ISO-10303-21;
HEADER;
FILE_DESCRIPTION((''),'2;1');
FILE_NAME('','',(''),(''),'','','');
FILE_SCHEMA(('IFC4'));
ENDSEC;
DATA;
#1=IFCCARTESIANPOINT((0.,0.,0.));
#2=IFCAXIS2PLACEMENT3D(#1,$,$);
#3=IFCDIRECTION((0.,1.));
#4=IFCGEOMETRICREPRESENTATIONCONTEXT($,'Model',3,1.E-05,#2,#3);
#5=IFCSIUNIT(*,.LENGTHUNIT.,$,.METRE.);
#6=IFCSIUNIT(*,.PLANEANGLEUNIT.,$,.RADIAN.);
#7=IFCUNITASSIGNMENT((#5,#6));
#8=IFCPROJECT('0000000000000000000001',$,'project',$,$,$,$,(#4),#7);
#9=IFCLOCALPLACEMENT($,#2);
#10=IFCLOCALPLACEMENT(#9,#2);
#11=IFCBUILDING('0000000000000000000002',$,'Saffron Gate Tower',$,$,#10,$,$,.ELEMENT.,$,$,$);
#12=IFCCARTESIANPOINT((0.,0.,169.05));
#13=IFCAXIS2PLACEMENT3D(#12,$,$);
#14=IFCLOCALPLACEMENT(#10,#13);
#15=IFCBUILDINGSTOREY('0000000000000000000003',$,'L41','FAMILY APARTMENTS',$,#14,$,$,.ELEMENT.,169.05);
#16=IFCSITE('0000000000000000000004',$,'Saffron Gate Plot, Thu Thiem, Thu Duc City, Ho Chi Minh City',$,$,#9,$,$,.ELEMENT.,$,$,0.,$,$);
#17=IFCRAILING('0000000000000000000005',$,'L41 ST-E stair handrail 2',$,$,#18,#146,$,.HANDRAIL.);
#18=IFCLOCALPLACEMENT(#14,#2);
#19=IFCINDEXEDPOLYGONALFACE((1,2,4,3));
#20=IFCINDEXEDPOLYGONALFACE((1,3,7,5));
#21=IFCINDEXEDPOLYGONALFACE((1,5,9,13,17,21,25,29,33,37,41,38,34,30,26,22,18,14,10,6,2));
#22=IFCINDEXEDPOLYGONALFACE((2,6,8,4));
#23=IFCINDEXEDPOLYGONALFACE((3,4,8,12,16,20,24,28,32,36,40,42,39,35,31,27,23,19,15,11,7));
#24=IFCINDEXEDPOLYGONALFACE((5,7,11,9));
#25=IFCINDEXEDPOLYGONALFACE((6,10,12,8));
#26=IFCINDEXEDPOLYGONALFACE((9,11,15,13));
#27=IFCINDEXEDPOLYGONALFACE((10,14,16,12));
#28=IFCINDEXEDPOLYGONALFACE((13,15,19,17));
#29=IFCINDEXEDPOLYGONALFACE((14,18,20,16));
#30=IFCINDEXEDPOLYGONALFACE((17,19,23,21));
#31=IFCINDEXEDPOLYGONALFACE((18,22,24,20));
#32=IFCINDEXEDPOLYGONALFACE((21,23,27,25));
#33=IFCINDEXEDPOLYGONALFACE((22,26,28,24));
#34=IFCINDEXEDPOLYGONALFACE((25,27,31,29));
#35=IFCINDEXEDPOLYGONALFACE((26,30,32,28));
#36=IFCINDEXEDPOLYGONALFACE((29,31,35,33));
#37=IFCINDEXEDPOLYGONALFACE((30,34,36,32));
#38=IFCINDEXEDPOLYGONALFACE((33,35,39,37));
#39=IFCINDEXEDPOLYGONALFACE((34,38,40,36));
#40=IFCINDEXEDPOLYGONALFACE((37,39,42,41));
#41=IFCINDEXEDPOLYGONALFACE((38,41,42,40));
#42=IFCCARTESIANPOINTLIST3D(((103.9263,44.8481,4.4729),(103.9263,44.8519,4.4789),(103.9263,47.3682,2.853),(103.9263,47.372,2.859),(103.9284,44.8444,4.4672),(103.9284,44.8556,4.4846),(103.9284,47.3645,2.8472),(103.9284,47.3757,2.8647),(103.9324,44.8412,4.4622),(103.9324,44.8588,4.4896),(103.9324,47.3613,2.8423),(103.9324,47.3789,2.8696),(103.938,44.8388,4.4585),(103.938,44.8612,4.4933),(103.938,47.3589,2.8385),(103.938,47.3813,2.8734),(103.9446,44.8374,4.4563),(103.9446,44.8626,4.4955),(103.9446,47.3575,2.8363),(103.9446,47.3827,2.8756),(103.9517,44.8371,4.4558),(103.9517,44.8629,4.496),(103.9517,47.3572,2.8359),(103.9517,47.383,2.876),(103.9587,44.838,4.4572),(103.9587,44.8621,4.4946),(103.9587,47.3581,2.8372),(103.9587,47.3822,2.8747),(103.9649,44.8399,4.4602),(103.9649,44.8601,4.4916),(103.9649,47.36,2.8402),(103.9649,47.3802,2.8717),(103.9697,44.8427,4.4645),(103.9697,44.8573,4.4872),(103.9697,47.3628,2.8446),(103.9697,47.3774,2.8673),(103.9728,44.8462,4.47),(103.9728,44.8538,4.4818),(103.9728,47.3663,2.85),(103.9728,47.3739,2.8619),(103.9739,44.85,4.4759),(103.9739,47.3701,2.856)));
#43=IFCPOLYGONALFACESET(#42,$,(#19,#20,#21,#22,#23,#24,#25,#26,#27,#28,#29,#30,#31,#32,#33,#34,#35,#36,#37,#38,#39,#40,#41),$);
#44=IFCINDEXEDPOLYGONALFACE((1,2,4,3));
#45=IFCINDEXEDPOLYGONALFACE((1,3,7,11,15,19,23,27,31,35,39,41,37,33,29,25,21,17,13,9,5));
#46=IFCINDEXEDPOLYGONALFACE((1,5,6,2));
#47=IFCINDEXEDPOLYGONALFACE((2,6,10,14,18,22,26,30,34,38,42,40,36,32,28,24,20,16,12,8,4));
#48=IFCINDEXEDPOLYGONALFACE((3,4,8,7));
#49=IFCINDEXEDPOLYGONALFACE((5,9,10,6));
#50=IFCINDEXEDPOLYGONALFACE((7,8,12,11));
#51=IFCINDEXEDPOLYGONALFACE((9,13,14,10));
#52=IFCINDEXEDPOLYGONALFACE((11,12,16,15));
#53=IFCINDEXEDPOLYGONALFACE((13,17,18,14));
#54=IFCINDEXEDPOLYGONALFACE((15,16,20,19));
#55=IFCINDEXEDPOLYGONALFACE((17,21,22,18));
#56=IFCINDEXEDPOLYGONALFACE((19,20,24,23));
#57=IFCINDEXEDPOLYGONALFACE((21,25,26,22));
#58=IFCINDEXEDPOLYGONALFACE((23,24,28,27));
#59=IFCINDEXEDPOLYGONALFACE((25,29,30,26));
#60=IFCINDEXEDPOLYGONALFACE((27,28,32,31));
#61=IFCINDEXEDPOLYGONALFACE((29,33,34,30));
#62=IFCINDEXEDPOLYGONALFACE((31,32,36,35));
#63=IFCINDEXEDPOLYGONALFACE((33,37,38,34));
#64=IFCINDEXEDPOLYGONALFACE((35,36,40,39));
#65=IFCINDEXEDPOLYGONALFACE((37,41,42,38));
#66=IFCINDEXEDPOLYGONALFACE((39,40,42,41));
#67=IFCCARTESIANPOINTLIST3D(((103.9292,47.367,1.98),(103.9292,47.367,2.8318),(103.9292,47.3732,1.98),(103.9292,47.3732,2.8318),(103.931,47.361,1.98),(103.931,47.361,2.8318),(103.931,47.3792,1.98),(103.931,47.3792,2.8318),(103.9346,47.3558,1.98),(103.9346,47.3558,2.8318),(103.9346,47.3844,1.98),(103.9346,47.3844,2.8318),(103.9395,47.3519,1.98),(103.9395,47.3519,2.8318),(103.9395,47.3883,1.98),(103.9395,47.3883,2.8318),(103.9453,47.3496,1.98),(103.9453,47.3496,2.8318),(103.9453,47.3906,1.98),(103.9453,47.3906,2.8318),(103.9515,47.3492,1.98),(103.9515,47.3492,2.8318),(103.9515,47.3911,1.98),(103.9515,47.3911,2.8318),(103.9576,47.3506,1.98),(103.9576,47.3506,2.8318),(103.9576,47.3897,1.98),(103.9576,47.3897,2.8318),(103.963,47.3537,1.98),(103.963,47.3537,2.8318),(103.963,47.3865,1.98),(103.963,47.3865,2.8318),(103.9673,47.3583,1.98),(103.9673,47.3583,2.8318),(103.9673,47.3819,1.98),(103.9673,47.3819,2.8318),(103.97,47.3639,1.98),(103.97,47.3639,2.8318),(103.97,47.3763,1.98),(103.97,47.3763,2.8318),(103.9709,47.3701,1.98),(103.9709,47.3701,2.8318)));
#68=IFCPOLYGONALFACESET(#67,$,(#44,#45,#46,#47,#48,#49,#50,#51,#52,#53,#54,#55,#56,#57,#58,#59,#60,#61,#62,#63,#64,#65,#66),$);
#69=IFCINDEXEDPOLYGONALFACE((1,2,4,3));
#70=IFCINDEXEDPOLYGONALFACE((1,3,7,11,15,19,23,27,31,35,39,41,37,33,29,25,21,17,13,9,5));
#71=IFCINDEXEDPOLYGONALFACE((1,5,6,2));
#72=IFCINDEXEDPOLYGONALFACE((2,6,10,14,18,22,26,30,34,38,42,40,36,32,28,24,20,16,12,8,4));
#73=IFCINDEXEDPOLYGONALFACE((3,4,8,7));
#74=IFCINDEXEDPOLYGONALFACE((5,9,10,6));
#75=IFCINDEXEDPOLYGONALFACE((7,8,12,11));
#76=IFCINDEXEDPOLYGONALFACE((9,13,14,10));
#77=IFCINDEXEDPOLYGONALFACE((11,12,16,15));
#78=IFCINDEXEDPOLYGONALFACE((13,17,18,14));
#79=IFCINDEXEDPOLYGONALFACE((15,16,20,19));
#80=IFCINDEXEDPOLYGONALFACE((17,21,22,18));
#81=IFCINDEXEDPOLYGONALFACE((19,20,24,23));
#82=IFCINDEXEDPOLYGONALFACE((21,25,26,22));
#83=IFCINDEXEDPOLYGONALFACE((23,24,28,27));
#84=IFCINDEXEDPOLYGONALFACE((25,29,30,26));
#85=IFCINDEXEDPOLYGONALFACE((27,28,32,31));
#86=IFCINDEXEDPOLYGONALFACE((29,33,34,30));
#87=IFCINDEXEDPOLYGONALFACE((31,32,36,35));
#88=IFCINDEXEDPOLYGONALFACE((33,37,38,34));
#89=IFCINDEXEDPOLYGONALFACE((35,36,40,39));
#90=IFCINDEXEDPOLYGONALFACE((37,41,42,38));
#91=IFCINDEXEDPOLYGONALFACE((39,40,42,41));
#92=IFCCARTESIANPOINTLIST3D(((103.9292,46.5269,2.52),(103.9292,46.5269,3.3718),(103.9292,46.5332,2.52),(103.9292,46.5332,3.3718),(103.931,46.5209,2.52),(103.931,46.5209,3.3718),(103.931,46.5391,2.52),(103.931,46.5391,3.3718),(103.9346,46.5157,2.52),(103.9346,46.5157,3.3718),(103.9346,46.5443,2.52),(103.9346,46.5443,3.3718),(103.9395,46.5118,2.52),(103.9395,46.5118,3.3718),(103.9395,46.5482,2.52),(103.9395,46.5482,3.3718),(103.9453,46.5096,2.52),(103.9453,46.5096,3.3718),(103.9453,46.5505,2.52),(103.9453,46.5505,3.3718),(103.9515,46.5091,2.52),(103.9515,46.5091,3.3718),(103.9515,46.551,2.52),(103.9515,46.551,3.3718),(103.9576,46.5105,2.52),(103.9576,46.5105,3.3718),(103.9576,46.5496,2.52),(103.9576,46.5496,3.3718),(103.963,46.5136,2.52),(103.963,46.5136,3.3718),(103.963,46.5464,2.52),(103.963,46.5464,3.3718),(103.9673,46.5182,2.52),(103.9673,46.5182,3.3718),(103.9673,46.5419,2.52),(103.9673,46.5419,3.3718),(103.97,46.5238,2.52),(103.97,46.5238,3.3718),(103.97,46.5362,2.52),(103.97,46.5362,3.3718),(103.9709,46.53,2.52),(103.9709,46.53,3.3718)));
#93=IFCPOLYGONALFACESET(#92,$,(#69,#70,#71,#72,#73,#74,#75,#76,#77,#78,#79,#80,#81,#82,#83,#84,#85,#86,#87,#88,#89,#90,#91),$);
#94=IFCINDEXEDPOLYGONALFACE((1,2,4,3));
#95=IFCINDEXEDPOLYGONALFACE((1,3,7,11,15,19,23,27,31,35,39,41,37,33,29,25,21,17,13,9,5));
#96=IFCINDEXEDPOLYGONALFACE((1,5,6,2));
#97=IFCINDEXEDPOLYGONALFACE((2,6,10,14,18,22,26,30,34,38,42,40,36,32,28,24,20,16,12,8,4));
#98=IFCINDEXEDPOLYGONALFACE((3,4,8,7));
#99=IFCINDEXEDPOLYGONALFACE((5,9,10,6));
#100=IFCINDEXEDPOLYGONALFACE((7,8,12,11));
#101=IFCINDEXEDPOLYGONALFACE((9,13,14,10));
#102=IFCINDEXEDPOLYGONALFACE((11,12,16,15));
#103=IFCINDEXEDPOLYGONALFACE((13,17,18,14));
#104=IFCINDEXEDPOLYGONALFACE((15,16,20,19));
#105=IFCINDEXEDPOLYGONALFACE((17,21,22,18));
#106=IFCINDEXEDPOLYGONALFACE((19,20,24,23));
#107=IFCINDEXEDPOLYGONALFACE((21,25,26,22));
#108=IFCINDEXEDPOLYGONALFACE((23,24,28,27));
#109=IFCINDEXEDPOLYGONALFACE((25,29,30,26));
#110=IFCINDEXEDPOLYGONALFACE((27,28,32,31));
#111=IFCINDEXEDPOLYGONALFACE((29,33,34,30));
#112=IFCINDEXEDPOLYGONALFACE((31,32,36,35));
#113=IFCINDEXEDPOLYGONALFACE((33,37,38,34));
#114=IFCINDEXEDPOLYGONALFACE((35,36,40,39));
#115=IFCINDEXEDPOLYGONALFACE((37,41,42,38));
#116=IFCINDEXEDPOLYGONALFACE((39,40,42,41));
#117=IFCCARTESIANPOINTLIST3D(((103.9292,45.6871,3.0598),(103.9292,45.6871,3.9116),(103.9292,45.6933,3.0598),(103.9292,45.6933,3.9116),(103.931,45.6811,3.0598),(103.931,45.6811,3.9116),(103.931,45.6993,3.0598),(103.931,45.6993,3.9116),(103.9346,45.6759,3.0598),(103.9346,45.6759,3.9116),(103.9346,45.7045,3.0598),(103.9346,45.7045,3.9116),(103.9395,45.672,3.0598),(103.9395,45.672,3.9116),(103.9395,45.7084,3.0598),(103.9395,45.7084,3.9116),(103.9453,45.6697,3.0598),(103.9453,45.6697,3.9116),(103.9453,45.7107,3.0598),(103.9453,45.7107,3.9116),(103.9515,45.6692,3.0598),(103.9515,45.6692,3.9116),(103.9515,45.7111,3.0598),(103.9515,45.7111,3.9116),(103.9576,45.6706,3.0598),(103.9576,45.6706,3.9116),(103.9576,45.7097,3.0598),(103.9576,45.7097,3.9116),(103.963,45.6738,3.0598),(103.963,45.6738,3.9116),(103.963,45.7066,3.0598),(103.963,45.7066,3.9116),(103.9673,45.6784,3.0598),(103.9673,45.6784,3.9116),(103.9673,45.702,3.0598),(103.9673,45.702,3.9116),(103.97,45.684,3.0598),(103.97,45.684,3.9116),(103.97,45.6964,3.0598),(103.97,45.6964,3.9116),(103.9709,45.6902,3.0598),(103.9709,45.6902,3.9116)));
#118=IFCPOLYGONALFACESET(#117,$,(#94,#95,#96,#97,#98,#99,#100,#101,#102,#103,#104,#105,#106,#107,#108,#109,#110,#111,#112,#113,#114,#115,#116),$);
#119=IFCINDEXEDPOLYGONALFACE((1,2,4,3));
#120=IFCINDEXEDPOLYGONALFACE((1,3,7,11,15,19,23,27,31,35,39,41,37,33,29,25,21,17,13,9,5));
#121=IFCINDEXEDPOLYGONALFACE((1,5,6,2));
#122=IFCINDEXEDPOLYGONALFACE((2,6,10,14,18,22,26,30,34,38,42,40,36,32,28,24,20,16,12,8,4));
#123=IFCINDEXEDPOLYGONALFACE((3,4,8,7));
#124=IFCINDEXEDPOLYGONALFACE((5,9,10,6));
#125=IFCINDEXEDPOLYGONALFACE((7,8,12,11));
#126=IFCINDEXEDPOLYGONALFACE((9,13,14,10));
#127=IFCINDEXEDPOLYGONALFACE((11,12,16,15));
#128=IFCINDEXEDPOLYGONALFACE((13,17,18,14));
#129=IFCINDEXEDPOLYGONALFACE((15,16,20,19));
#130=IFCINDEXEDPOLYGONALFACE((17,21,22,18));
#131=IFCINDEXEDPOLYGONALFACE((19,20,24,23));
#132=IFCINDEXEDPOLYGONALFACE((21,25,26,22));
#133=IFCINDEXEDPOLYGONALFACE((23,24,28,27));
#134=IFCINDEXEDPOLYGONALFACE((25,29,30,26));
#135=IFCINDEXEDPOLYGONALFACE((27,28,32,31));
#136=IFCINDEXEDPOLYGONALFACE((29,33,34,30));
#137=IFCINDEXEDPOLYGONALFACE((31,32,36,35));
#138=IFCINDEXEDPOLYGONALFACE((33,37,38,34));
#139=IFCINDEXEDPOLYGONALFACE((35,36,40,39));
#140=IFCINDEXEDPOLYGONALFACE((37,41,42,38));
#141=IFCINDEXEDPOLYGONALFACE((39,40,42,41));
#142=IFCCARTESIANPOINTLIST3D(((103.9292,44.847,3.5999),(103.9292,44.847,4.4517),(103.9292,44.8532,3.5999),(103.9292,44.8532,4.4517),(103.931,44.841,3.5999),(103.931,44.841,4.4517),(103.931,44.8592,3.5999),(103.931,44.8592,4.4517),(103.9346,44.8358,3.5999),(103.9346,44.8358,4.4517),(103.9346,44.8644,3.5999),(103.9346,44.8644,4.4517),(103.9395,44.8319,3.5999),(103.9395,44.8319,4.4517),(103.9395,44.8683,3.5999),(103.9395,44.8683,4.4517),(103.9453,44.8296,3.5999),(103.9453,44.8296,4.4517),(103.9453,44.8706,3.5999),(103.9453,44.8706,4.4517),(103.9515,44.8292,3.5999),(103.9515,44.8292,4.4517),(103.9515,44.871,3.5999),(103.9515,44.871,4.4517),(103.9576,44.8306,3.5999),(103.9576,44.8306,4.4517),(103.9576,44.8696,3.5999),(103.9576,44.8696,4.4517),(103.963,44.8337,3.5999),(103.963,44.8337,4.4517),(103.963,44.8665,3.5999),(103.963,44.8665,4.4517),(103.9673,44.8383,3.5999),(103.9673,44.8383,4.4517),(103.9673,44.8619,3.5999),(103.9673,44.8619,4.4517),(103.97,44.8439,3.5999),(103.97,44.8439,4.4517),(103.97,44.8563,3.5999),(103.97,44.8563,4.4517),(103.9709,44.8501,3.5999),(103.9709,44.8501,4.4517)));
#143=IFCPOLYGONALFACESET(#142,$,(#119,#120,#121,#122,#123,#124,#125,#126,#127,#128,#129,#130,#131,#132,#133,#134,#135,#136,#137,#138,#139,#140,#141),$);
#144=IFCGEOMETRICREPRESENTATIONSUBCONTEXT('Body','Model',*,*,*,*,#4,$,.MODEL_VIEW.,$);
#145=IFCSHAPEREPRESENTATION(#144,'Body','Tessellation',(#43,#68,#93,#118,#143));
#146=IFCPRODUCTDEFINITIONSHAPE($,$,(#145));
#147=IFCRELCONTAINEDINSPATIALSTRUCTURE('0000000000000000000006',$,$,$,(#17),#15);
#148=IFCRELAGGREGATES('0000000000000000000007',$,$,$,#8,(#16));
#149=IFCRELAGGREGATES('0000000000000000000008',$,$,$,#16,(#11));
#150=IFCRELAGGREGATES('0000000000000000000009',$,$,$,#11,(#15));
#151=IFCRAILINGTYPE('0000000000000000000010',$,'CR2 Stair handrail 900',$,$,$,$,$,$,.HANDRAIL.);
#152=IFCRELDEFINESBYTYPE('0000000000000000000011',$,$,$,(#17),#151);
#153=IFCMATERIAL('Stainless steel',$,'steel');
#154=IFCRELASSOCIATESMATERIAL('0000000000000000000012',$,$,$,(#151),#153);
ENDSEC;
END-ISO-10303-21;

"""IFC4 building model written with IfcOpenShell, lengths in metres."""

from ifc_helpers import new_model, si_unit, direction, frame, origin, origin_2d, place, context, subcontext, project, spatial, circle, extrude, material, type_object, element, save


model = new_model("IFC4")

# Units and contexts
model_context = context("Model", 3, precision=1e-05, world=origin(), true_north=direction((0.0, 1.0)))
body_context = subcontext(model_context, "Body", "Model", "MODEL_VIEW")
ifc_project = project(units=[si_unit("LENGTHUNIT", "METRE"), si_unit("PLANEANGLEUNIT", "RADIAN")], contexts=[model_context])

# Site, building, storey
site_placement = place(None, origin())
site = spatial("IfcSite", under=ifc_project, at=site_placement, Name="Saffron Gate Plot, Thu Thiem, Thu Duc City, Ho Chi Minh City", CompositionType="ELEMENT", RefElevation=0.0)
building_placement = place(site_placement, origin())
building = spatial("IfcBuilding", under=site, at=building_placement, Name="Saffron Gate Tower", CompositionType="ELEMENT")
storey_placement = place(building_placement, frame((0.0, 0.0, 169.05)))
storey = spatial("IfcBuildingStorey", under=building, at=storey_placement, Name="L41", Description="FAMILY APARTMENTS", CompositionType="ELEMENT", Elevation=169.05)

# Railing
ifc_material_1 = material(Name="Stainless steel", Category="steel")
railing_type_1 = type_object("IfcRailingType", Name="CR2 Stair handrail 900", PredefinedType="HANDRAIL", material=ifc_material_1)
railing_1_placement = place(storey_placement, frame((103.95, 47.3701, 1.98)))
element("IfcRailing", 1, at=railing_1_placement, inside=storey, type_object=railing_type_1, Name="L41 ST-E stair handrail 2", PredefinedType="HANDRAIL", context=body_context, shape_type="SweptSolid", body=[
    extrude(circle(Radius=0.0239, at=origin_2d()), frame((0.0, 0.0, 0.876), z_axis=(0.0, -0.8412, 0.540725), x_axis=(1.0, 0.0, 0.0)), (0.0, 0.0, 1.0), 2.9958),
    extrude(circle(Radius=0.021, at=origin_2d()), origin(), (0.0, 0.0, 1.0), 0.8518),
    extrude(circle(Radius=0.021, at=origin_2d()), frame((0.0, -0.8401, 0.54)), (0.0, 0.0, 1.0), 0.8518),
    extrude(circle(Radius=0.021, at=origin_2d()), frame((0.0, -1.6799, 1.0798)), (0.0, 0.0, 1.0), 0.8518),
    extrude(circle(Radius=0.021, at=origin_2d()), frame((0.0, -2.52, 1.6199)), (0.0, 0.0, 1.0), 0.8518),
])

save(model, "model.ifc")
